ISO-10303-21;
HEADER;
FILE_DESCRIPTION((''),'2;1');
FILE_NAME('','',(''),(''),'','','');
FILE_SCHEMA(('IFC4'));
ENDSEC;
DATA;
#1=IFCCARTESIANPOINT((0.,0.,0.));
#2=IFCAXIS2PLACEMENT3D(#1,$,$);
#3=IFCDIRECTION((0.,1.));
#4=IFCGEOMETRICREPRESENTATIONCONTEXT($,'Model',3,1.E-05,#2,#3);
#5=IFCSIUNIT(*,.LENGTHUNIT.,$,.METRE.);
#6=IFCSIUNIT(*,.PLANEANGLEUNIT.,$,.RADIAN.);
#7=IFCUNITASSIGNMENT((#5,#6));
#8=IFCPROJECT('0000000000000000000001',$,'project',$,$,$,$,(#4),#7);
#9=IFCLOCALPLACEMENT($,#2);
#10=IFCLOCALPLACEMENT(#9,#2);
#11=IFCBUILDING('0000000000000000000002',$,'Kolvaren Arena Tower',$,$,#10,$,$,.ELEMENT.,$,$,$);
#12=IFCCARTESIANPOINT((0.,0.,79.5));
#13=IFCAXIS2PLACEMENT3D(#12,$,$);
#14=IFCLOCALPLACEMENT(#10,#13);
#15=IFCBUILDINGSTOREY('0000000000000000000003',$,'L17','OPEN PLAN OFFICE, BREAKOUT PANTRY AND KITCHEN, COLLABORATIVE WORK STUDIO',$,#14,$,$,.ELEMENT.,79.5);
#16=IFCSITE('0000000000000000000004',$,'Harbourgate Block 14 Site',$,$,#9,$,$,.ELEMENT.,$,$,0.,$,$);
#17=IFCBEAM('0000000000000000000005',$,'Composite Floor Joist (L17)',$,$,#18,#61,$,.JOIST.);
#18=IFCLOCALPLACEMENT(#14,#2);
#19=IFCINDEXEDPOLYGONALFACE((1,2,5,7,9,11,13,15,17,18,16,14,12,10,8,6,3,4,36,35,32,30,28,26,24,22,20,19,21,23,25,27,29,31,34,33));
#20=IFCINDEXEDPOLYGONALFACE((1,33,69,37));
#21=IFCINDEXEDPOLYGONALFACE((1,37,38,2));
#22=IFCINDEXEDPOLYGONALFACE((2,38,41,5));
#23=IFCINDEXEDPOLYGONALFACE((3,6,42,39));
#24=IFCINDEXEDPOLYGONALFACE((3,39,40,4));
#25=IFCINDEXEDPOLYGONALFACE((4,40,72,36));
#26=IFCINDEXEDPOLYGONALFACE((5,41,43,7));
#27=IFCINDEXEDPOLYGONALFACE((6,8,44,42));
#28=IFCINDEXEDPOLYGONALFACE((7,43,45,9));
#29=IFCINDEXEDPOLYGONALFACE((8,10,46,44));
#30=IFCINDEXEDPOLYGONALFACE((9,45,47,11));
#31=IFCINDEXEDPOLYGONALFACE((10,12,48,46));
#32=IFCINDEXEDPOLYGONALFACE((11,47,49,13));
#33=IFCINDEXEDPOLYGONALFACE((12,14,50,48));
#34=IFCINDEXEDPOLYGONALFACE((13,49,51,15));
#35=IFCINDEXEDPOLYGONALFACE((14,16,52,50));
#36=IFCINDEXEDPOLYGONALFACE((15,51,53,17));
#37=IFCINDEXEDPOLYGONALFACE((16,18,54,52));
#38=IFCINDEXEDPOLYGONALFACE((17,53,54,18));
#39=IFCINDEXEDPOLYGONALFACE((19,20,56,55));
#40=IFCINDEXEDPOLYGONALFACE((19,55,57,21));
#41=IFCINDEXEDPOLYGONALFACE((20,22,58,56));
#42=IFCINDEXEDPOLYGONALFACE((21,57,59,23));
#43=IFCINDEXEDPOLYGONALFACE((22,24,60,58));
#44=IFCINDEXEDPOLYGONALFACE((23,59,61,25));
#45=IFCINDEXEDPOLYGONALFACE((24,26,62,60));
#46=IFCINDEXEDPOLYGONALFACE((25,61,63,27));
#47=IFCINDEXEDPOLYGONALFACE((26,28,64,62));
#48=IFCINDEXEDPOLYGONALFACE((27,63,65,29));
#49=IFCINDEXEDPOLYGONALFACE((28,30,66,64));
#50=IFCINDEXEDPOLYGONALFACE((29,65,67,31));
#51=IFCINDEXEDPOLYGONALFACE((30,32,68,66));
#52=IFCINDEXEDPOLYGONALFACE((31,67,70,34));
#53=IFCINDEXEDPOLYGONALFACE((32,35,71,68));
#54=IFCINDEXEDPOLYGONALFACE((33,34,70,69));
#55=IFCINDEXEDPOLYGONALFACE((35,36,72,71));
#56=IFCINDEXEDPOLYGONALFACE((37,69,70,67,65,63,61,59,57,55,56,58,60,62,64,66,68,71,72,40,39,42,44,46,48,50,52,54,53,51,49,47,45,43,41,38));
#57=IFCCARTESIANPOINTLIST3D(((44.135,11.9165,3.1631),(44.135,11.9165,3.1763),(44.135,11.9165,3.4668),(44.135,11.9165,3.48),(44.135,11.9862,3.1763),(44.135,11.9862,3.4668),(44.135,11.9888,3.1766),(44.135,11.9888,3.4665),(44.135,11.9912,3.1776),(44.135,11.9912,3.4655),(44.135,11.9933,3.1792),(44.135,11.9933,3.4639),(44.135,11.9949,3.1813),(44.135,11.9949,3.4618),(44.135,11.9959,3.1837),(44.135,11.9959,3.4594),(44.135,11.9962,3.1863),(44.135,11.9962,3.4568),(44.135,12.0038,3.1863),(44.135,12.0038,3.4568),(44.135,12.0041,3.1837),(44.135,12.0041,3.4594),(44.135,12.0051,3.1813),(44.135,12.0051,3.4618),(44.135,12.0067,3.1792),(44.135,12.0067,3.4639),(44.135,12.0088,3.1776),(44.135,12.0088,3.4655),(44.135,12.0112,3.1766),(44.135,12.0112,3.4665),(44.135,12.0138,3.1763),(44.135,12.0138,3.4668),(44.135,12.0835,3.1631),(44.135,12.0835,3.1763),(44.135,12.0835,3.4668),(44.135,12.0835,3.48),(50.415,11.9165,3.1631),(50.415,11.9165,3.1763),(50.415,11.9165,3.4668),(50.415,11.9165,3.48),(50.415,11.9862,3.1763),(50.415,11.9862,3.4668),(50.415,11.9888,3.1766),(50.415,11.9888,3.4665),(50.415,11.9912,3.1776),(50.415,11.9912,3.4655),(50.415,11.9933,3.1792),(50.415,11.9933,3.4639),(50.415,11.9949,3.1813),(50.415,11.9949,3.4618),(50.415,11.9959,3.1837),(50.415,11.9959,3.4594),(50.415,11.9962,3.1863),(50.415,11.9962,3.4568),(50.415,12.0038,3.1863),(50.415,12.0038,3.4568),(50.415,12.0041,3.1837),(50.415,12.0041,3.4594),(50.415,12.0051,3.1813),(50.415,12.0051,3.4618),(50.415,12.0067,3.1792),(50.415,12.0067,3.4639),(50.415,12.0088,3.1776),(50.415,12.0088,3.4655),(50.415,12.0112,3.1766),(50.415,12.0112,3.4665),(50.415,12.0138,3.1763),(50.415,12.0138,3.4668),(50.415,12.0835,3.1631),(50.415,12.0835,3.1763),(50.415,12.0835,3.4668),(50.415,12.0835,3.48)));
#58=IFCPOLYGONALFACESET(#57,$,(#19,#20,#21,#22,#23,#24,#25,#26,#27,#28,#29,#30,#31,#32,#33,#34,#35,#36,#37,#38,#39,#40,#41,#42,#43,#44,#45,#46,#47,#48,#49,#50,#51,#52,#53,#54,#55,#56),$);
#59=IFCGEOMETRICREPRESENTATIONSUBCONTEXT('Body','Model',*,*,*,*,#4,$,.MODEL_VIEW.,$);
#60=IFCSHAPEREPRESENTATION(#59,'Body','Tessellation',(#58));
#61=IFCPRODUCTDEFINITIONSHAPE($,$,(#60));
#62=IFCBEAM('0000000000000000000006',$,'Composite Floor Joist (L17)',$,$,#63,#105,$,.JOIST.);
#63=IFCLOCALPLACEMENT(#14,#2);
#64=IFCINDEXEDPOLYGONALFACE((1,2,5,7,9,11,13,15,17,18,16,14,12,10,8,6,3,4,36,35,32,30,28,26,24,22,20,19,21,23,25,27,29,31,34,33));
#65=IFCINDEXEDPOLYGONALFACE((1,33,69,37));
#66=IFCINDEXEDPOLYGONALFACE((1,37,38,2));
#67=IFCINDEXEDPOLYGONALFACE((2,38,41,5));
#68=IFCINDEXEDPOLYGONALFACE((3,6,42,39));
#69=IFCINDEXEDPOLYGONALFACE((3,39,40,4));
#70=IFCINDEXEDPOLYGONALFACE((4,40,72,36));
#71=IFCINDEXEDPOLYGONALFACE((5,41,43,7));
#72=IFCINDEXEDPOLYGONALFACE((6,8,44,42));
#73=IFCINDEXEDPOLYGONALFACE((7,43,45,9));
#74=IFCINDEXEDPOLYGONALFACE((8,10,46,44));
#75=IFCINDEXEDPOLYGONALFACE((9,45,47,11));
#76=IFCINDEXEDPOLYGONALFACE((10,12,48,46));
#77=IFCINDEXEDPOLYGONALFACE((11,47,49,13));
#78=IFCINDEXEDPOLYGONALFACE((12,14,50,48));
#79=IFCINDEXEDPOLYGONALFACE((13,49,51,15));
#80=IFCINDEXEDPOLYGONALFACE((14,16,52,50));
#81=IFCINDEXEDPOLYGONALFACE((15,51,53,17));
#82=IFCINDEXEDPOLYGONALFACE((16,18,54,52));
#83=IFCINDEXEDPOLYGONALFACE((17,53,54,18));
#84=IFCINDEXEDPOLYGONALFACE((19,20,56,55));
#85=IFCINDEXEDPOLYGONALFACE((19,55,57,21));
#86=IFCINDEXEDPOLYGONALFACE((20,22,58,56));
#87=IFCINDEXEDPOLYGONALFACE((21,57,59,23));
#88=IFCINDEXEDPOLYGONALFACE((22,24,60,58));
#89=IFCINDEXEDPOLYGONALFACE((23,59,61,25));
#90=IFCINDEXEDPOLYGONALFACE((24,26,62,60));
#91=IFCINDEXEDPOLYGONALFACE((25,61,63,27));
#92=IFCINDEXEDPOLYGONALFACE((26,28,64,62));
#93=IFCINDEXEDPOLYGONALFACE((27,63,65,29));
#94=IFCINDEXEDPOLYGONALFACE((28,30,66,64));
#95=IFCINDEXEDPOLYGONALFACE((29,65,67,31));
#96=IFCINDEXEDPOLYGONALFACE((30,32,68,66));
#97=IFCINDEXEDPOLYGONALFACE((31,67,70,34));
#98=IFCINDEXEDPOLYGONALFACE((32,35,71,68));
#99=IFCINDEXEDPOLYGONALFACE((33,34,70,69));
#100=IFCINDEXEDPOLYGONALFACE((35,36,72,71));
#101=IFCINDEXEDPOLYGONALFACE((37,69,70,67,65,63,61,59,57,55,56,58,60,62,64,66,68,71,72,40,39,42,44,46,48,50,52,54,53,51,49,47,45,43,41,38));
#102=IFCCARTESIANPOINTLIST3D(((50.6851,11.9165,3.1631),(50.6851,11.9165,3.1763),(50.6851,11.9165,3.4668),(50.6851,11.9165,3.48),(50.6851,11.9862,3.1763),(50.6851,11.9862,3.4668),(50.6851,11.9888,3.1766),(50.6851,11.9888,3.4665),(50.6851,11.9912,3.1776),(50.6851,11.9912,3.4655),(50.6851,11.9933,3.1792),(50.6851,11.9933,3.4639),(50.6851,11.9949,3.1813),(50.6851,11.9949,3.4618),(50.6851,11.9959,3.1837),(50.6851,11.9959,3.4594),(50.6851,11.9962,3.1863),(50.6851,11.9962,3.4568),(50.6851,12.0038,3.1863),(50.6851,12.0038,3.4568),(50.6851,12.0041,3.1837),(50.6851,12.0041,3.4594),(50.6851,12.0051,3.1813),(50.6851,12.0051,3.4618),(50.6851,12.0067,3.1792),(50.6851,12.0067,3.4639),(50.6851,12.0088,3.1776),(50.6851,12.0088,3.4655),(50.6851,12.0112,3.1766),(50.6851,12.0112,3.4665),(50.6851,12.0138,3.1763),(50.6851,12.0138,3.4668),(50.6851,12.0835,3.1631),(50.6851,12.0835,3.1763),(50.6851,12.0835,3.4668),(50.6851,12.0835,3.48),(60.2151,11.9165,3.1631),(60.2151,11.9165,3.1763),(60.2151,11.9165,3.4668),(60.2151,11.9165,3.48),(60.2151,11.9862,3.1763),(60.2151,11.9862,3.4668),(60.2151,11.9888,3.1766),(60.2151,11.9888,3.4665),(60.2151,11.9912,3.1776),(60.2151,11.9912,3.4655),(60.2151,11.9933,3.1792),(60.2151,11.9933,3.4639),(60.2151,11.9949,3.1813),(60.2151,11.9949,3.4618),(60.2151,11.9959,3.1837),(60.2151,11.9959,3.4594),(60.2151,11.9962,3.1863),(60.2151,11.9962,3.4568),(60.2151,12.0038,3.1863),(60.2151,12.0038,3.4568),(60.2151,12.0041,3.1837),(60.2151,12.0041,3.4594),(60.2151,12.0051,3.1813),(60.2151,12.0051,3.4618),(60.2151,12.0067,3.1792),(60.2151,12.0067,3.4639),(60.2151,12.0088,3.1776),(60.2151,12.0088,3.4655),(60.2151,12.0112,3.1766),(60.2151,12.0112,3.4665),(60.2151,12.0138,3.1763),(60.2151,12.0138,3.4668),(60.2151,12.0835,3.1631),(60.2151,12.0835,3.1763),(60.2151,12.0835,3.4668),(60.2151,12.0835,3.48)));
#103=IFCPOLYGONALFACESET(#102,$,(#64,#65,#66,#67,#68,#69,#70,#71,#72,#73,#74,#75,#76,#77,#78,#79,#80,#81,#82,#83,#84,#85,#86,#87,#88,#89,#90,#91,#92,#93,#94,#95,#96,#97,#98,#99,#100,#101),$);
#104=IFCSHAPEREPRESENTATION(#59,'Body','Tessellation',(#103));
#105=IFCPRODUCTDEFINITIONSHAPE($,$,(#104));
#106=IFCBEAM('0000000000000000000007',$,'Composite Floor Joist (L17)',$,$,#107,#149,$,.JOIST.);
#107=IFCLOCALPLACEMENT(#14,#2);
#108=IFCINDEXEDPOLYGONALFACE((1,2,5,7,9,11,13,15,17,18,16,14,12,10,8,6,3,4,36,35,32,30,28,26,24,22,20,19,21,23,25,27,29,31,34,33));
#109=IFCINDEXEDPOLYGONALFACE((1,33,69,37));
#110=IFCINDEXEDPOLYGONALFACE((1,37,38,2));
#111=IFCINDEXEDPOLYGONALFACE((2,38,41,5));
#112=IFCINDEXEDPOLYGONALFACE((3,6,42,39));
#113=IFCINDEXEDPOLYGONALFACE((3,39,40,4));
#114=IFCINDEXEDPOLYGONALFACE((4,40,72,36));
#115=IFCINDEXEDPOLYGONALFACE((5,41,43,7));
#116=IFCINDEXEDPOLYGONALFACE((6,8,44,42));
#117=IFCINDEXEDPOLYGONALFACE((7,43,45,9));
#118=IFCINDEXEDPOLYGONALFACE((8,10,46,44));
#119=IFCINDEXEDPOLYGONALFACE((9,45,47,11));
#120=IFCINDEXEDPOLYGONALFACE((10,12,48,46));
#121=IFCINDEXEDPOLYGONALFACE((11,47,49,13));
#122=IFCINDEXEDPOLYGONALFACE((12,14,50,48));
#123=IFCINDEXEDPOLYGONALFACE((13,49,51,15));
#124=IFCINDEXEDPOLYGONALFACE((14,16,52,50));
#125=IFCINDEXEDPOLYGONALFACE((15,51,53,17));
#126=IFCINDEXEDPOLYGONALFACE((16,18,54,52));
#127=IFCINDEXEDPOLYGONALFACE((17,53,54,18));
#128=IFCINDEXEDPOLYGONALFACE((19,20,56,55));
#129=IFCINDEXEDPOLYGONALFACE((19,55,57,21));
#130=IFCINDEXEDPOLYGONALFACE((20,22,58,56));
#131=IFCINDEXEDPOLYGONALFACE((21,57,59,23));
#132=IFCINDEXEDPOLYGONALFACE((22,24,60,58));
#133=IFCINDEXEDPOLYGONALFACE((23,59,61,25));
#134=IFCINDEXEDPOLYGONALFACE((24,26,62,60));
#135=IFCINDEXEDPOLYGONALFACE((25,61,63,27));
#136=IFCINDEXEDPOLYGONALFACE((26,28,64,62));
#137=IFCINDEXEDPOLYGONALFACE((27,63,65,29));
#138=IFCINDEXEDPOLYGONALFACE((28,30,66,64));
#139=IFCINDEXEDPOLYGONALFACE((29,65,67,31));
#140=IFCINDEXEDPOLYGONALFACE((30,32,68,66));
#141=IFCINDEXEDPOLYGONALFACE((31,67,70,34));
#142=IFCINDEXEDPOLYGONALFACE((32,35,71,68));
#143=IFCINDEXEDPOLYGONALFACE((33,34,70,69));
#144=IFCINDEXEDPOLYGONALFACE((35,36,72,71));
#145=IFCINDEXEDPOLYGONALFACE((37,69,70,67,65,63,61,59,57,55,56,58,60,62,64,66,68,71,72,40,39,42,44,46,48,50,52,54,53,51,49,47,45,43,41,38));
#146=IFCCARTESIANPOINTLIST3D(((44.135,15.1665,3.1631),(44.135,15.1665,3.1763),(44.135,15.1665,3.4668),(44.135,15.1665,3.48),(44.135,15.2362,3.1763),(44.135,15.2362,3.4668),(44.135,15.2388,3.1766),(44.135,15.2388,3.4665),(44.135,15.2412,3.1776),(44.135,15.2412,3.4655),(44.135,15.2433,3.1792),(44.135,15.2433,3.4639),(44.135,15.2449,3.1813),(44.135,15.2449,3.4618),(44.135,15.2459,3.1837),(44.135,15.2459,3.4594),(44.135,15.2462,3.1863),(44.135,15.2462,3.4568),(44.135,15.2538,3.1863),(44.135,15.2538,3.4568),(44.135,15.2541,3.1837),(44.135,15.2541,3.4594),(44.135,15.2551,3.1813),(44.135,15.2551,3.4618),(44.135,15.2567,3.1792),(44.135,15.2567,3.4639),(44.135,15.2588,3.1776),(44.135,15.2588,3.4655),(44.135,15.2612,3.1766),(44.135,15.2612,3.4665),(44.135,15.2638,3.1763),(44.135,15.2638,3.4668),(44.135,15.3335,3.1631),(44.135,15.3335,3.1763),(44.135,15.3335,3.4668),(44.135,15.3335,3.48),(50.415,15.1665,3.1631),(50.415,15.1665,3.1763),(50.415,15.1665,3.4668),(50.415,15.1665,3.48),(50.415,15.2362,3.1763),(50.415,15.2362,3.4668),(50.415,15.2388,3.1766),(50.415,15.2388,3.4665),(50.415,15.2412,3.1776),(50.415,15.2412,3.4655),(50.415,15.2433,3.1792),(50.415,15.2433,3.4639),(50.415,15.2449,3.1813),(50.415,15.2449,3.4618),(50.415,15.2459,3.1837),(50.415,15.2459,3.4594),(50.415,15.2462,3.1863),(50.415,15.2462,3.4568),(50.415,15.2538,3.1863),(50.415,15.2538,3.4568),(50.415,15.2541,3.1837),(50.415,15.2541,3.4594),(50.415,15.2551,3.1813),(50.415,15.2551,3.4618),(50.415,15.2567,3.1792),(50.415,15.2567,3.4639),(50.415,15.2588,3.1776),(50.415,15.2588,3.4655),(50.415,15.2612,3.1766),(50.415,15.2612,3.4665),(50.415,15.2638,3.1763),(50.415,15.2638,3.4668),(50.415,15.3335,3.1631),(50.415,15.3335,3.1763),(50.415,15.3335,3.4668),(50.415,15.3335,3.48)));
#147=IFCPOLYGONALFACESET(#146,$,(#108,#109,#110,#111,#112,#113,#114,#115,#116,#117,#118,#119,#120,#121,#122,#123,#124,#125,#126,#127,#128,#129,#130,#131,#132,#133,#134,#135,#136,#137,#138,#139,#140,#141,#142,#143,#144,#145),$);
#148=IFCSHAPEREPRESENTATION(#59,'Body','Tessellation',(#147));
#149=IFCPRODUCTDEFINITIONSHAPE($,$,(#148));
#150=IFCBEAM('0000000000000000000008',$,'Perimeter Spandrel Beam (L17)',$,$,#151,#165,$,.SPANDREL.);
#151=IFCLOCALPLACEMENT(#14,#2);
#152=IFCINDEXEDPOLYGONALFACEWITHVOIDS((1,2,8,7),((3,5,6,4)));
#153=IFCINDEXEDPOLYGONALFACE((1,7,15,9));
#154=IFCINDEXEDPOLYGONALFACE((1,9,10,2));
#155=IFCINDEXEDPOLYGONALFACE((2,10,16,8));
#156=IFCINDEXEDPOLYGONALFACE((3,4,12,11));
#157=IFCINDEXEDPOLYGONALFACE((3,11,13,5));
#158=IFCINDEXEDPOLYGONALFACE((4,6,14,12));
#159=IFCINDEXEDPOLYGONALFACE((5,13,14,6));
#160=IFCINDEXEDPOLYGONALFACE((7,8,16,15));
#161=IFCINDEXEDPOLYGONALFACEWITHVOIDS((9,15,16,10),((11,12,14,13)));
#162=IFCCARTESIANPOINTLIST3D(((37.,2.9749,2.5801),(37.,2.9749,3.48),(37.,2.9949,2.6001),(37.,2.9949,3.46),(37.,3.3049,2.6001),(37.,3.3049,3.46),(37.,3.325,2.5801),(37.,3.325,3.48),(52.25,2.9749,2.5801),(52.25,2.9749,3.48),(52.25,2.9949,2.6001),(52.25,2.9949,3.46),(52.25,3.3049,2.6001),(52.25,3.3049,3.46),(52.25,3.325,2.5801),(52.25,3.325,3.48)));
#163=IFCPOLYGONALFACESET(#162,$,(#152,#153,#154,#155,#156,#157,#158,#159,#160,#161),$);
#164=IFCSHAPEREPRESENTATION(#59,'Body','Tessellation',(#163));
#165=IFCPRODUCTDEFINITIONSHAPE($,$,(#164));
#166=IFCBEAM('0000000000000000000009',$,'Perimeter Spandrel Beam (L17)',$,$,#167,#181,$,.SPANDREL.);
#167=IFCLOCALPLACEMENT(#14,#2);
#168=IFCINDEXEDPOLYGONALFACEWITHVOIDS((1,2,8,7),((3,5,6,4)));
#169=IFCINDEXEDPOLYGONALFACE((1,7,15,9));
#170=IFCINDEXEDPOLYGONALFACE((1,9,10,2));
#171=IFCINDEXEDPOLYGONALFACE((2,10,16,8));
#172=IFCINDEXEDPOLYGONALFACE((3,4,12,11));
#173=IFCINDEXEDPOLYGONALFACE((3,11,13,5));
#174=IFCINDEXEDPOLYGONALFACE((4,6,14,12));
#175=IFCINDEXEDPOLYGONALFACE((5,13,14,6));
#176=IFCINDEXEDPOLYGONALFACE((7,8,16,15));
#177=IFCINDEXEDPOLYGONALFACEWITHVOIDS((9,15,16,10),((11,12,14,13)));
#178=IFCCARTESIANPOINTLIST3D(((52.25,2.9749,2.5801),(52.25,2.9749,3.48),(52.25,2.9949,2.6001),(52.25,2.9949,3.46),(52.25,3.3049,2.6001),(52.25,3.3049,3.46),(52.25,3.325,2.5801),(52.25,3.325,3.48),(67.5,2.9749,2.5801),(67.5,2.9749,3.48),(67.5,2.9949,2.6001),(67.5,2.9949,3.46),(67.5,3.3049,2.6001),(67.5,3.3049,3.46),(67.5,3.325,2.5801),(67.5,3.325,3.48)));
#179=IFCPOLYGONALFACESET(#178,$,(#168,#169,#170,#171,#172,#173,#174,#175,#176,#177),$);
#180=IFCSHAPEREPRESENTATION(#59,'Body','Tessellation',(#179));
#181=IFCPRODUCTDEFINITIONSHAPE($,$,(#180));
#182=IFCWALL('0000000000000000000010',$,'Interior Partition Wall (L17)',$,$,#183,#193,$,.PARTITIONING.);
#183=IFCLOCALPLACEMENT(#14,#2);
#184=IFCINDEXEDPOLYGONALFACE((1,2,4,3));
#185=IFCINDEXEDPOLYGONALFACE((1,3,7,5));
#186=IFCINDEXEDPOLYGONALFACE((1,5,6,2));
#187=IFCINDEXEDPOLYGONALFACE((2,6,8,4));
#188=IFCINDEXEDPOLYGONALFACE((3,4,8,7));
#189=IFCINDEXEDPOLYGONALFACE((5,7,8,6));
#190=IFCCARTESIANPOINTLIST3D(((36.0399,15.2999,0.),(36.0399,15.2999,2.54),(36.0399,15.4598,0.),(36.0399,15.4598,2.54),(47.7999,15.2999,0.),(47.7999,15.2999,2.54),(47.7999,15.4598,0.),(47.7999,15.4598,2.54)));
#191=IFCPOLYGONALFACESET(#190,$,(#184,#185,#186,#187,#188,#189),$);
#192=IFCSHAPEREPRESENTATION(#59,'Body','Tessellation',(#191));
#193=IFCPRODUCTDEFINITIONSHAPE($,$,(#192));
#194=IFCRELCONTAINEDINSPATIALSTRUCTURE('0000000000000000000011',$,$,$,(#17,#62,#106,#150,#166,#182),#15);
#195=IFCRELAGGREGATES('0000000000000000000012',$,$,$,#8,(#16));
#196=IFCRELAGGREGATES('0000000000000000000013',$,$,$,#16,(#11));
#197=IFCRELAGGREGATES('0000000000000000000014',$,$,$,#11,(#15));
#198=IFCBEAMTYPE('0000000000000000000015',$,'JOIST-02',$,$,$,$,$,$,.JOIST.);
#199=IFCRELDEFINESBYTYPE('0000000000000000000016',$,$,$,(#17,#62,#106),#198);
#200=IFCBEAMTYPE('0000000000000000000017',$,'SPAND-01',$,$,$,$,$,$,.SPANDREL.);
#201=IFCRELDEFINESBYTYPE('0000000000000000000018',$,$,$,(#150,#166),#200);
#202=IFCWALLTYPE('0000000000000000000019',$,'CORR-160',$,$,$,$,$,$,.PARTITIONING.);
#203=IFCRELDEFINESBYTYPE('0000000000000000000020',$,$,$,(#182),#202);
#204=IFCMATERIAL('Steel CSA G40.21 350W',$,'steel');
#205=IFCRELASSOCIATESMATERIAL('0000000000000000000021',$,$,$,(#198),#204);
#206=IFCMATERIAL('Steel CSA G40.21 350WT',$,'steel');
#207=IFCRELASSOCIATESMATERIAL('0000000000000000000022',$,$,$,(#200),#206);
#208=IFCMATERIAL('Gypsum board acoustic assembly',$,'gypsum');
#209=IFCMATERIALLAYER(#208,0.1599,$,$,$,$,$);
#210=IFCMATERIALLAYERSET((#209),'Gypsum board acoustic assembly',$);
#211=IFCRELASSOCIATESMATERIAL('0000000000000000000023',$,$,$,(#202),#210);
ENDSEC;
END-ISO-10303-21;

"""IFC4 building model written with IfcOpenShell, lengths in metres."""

from ifc_helpers import new_model, si_unit, direction, frame, frame_2d, origin, origin_2d, place, context, subcontext, project, spatial, rectangle, hollow_rectangle, i_section, extrude, material, layer, layer_set, material_profile, profile_set, type_object, element, save


model = new_model("IFC4")

# Units and contexts
model_context = context("Model", 3, precision=1e-05, world=origin(), true_north=direction((0.0, 1.0)))
body_context = subcontext(model_context, "Body", "Model", "MODEL_VIEW")
ifc_project = project(units=[si_unit("LENGTHUNIT", "METRE"), si_unit("PLANEANGLEUNIT", "RADIAN")], contexts=[model_context])

# Site, building, storey
site_placement = place(None, origin())
site = spatial("IfcSite", under=ifc_project, at=site_placement, Name="Harbourgate Block 14 Site", CompositionType="ELEMENT", RefElevation=0.0)
building_placement = place(site_placement, origin())
building = spatial("IfcBuilding", under=site, at=building_placement, Name="Kolvaren Arena Tower", CompositionType="ELEMENT")
storey_placement = place(building_placement, frame((0.0, 0.0, 79.5)))
storey = spatial("IfcBuildingStorey", under=building, at=storey_placement, Name="L17", Description="OPEN PLAN OFFICE, BREAKOUT PANTRY AND KITCHEN, COLLABORATIVE WORK STUDIO", CompositionType="ELEMENT", Elevation=79.5)

# Beams
ifc_material_1 = material(Name="Steel CSA G40.21 350W", Category="steel")
ifc_material_profile_1 = material_profile(ifc_material_1, i_section(OverallWidth=0.167, OverallDepth=0.3169, WebThickness=0.0076, FlangeThickness=0.0132, FilletRadius=0.01, at=origin_2d()), Name="W310x52")
ifc_profile_set_1 = profile_set([ifc_material_profile_1], Name="Steel CSA G40.21 350W")
beam_type_1 = type_object("IfcBeamType", Name="JOIST-02", PredefinedType="JOIST", material=ifc_profile_set_1)
beam_1_placement = place(storey_placement, frame((44.135, 12.0, 3.3215), z_axis=(1.0, 0.0, 0.0), x_axis=(0.0, 1.0, 0.0)))
element("IfcBeam", 1, at=beam_1_placement, inside=storey, type_object=beam_type_1, Name="Composite Floor Joist (L17)", PredefinedType="JOIST", context=body_context, shape_type="SweptSolid", body=[
    extrude(i_section(OverallWidth=0.167, OverallDepth=0.3169, WebThickness=0.0076, FlangeThickness=0.0132, FilletRadius=0.01, at=origin_2d()), origin(), (0.0, 0.0, 1.0), 6.28),
])
beam_2_placement = place(storey_placement, frame((50.6851, 12.0, 3.3215), z_axis=(1.0, 0.0, 0.0), x_axis=(0.0, 1.0, 0.0)))
element("IfcBeam", 2, at=beam_2_placement, inside=storey, type_object=beam_type_1, Name="Composite Floor Joist (L17)", PredefinedType="JOIST", context=body_context, shape_type="SweptSolid", body=[
    extrude(i_section(OverallWidth=0.167, OverallDepth=0.3169, WebThickness=0.0076, FlangeThickness=0.0132, FilletRadius=0.01, at=origin_2d()), origin(), (0.0, 0.0, 1.0), 9.53),
])
beam_3_placement = place(storey_placement, frame((44.135, 15.25, 3.3215), z_axis=(1.0, 0.0, 0.0), x_axis=(0.0, 1.0, 0.0)))
element("IfcBeam", 3, at=beam_3_placement, inside=storey, type_object=beam_type_1, Name="Composite Floor Joist (L17)", PredefinedType="JOIST", context=body_context, shape_type="SweptSolid", body=[
    extrude(i_section(OverallWidth=0.167, OverallDepth=0.3169, WebThickness=0.0076, FlangeThickness=0.0132, FilletRadius=0.01, at=origin_2d()), origin(), (0.0, 0.0, 1.0), 6.28),
])
ifc_material_2 = material(Name="Steel CSA G40.21 350WT", Category="steel")
ifc_material_profile_2 = material_profile(ifc_material_2, hollow_rectangle(XDim=0.3501, YDim=0.8999, WallThickness=0.02, at=origin_2d()), Name="HSS 900x350x20")
ifc_profile_set_2 = profile_set([ifc_material_profile_2], Name="Steel CSA G40.21 350WT")
beam_type_2 = type_object("IfcBeamType", Name="SPAND-01", PredefinedType="SPANDREL", material=ifc_profile_set_2)
for number, where, z_axis, x_axis, name in (
    (4, (37.0, 3.1499, 3.03), (1.0, 0.0, 0.0), (0.0, 1.0, 0.0), "Perimeter Spandrel Beam (L17)"),
    (5, (52.25, 3.1499, 3.03), (1.0, 0.0, 0.0), (0.0, 1.0, 0.0), "Perimeter Spandrel Beam (L17)"),
):
    element("IfcBeam", number, at=place(storey_placement, frame(where, z_axis=z_axis, x_axis=x_axis)), inside=storey, type_object=beam_type_2, Name=name, PredefinedType="SPANDREL", context=body_context, shape_type="SweptSolid", body=[
        extrude(hollow_rectangle(XDim=0.3501, YDim=0.8999, WallThickness=0.02, at=origin_2d()), origin(), (0.0, 0.0, 1.0), 15.25),
    ])

# Wall
ifc_material_3 = material(Name="Gypsum board acoustic assembly", Category="gypsum")
ifc_layer_1 = layer(ifc_material_3, 0.1599)
ifc_layer_set_1 = layer_set([ifc_layer_1], Name="Gypsum board acoustic assembly")
wall_type_1 = type_object("IfcWallType", Name="CORR-160", PredefinedType="PARTITIONING", material=ifc_layer_set_1)
wall_1_placement = place(storey_placement, frame((36.04, 15.3799, 0.0), z_axis=(0.0, 0.0, 1.0), x_axis=(1.0, 0.0, 0.0)))
element("IfcWall", 6, at=wall_1_placement, inside=storey, type_object=wall_type_1, Name="Interior Partition Wall (L17)", PredefinedType="PARTITIONING", context=body_context, shape_type="SweptSolid", body=[
    extrude(rectangle(XDim=11.76, YDim=0.1599, at=frame_2d((5.8799, 0.0))), origin(), (0.0, 0.0, 1.0), 2.54),
])

save(model, "model.ifc")
